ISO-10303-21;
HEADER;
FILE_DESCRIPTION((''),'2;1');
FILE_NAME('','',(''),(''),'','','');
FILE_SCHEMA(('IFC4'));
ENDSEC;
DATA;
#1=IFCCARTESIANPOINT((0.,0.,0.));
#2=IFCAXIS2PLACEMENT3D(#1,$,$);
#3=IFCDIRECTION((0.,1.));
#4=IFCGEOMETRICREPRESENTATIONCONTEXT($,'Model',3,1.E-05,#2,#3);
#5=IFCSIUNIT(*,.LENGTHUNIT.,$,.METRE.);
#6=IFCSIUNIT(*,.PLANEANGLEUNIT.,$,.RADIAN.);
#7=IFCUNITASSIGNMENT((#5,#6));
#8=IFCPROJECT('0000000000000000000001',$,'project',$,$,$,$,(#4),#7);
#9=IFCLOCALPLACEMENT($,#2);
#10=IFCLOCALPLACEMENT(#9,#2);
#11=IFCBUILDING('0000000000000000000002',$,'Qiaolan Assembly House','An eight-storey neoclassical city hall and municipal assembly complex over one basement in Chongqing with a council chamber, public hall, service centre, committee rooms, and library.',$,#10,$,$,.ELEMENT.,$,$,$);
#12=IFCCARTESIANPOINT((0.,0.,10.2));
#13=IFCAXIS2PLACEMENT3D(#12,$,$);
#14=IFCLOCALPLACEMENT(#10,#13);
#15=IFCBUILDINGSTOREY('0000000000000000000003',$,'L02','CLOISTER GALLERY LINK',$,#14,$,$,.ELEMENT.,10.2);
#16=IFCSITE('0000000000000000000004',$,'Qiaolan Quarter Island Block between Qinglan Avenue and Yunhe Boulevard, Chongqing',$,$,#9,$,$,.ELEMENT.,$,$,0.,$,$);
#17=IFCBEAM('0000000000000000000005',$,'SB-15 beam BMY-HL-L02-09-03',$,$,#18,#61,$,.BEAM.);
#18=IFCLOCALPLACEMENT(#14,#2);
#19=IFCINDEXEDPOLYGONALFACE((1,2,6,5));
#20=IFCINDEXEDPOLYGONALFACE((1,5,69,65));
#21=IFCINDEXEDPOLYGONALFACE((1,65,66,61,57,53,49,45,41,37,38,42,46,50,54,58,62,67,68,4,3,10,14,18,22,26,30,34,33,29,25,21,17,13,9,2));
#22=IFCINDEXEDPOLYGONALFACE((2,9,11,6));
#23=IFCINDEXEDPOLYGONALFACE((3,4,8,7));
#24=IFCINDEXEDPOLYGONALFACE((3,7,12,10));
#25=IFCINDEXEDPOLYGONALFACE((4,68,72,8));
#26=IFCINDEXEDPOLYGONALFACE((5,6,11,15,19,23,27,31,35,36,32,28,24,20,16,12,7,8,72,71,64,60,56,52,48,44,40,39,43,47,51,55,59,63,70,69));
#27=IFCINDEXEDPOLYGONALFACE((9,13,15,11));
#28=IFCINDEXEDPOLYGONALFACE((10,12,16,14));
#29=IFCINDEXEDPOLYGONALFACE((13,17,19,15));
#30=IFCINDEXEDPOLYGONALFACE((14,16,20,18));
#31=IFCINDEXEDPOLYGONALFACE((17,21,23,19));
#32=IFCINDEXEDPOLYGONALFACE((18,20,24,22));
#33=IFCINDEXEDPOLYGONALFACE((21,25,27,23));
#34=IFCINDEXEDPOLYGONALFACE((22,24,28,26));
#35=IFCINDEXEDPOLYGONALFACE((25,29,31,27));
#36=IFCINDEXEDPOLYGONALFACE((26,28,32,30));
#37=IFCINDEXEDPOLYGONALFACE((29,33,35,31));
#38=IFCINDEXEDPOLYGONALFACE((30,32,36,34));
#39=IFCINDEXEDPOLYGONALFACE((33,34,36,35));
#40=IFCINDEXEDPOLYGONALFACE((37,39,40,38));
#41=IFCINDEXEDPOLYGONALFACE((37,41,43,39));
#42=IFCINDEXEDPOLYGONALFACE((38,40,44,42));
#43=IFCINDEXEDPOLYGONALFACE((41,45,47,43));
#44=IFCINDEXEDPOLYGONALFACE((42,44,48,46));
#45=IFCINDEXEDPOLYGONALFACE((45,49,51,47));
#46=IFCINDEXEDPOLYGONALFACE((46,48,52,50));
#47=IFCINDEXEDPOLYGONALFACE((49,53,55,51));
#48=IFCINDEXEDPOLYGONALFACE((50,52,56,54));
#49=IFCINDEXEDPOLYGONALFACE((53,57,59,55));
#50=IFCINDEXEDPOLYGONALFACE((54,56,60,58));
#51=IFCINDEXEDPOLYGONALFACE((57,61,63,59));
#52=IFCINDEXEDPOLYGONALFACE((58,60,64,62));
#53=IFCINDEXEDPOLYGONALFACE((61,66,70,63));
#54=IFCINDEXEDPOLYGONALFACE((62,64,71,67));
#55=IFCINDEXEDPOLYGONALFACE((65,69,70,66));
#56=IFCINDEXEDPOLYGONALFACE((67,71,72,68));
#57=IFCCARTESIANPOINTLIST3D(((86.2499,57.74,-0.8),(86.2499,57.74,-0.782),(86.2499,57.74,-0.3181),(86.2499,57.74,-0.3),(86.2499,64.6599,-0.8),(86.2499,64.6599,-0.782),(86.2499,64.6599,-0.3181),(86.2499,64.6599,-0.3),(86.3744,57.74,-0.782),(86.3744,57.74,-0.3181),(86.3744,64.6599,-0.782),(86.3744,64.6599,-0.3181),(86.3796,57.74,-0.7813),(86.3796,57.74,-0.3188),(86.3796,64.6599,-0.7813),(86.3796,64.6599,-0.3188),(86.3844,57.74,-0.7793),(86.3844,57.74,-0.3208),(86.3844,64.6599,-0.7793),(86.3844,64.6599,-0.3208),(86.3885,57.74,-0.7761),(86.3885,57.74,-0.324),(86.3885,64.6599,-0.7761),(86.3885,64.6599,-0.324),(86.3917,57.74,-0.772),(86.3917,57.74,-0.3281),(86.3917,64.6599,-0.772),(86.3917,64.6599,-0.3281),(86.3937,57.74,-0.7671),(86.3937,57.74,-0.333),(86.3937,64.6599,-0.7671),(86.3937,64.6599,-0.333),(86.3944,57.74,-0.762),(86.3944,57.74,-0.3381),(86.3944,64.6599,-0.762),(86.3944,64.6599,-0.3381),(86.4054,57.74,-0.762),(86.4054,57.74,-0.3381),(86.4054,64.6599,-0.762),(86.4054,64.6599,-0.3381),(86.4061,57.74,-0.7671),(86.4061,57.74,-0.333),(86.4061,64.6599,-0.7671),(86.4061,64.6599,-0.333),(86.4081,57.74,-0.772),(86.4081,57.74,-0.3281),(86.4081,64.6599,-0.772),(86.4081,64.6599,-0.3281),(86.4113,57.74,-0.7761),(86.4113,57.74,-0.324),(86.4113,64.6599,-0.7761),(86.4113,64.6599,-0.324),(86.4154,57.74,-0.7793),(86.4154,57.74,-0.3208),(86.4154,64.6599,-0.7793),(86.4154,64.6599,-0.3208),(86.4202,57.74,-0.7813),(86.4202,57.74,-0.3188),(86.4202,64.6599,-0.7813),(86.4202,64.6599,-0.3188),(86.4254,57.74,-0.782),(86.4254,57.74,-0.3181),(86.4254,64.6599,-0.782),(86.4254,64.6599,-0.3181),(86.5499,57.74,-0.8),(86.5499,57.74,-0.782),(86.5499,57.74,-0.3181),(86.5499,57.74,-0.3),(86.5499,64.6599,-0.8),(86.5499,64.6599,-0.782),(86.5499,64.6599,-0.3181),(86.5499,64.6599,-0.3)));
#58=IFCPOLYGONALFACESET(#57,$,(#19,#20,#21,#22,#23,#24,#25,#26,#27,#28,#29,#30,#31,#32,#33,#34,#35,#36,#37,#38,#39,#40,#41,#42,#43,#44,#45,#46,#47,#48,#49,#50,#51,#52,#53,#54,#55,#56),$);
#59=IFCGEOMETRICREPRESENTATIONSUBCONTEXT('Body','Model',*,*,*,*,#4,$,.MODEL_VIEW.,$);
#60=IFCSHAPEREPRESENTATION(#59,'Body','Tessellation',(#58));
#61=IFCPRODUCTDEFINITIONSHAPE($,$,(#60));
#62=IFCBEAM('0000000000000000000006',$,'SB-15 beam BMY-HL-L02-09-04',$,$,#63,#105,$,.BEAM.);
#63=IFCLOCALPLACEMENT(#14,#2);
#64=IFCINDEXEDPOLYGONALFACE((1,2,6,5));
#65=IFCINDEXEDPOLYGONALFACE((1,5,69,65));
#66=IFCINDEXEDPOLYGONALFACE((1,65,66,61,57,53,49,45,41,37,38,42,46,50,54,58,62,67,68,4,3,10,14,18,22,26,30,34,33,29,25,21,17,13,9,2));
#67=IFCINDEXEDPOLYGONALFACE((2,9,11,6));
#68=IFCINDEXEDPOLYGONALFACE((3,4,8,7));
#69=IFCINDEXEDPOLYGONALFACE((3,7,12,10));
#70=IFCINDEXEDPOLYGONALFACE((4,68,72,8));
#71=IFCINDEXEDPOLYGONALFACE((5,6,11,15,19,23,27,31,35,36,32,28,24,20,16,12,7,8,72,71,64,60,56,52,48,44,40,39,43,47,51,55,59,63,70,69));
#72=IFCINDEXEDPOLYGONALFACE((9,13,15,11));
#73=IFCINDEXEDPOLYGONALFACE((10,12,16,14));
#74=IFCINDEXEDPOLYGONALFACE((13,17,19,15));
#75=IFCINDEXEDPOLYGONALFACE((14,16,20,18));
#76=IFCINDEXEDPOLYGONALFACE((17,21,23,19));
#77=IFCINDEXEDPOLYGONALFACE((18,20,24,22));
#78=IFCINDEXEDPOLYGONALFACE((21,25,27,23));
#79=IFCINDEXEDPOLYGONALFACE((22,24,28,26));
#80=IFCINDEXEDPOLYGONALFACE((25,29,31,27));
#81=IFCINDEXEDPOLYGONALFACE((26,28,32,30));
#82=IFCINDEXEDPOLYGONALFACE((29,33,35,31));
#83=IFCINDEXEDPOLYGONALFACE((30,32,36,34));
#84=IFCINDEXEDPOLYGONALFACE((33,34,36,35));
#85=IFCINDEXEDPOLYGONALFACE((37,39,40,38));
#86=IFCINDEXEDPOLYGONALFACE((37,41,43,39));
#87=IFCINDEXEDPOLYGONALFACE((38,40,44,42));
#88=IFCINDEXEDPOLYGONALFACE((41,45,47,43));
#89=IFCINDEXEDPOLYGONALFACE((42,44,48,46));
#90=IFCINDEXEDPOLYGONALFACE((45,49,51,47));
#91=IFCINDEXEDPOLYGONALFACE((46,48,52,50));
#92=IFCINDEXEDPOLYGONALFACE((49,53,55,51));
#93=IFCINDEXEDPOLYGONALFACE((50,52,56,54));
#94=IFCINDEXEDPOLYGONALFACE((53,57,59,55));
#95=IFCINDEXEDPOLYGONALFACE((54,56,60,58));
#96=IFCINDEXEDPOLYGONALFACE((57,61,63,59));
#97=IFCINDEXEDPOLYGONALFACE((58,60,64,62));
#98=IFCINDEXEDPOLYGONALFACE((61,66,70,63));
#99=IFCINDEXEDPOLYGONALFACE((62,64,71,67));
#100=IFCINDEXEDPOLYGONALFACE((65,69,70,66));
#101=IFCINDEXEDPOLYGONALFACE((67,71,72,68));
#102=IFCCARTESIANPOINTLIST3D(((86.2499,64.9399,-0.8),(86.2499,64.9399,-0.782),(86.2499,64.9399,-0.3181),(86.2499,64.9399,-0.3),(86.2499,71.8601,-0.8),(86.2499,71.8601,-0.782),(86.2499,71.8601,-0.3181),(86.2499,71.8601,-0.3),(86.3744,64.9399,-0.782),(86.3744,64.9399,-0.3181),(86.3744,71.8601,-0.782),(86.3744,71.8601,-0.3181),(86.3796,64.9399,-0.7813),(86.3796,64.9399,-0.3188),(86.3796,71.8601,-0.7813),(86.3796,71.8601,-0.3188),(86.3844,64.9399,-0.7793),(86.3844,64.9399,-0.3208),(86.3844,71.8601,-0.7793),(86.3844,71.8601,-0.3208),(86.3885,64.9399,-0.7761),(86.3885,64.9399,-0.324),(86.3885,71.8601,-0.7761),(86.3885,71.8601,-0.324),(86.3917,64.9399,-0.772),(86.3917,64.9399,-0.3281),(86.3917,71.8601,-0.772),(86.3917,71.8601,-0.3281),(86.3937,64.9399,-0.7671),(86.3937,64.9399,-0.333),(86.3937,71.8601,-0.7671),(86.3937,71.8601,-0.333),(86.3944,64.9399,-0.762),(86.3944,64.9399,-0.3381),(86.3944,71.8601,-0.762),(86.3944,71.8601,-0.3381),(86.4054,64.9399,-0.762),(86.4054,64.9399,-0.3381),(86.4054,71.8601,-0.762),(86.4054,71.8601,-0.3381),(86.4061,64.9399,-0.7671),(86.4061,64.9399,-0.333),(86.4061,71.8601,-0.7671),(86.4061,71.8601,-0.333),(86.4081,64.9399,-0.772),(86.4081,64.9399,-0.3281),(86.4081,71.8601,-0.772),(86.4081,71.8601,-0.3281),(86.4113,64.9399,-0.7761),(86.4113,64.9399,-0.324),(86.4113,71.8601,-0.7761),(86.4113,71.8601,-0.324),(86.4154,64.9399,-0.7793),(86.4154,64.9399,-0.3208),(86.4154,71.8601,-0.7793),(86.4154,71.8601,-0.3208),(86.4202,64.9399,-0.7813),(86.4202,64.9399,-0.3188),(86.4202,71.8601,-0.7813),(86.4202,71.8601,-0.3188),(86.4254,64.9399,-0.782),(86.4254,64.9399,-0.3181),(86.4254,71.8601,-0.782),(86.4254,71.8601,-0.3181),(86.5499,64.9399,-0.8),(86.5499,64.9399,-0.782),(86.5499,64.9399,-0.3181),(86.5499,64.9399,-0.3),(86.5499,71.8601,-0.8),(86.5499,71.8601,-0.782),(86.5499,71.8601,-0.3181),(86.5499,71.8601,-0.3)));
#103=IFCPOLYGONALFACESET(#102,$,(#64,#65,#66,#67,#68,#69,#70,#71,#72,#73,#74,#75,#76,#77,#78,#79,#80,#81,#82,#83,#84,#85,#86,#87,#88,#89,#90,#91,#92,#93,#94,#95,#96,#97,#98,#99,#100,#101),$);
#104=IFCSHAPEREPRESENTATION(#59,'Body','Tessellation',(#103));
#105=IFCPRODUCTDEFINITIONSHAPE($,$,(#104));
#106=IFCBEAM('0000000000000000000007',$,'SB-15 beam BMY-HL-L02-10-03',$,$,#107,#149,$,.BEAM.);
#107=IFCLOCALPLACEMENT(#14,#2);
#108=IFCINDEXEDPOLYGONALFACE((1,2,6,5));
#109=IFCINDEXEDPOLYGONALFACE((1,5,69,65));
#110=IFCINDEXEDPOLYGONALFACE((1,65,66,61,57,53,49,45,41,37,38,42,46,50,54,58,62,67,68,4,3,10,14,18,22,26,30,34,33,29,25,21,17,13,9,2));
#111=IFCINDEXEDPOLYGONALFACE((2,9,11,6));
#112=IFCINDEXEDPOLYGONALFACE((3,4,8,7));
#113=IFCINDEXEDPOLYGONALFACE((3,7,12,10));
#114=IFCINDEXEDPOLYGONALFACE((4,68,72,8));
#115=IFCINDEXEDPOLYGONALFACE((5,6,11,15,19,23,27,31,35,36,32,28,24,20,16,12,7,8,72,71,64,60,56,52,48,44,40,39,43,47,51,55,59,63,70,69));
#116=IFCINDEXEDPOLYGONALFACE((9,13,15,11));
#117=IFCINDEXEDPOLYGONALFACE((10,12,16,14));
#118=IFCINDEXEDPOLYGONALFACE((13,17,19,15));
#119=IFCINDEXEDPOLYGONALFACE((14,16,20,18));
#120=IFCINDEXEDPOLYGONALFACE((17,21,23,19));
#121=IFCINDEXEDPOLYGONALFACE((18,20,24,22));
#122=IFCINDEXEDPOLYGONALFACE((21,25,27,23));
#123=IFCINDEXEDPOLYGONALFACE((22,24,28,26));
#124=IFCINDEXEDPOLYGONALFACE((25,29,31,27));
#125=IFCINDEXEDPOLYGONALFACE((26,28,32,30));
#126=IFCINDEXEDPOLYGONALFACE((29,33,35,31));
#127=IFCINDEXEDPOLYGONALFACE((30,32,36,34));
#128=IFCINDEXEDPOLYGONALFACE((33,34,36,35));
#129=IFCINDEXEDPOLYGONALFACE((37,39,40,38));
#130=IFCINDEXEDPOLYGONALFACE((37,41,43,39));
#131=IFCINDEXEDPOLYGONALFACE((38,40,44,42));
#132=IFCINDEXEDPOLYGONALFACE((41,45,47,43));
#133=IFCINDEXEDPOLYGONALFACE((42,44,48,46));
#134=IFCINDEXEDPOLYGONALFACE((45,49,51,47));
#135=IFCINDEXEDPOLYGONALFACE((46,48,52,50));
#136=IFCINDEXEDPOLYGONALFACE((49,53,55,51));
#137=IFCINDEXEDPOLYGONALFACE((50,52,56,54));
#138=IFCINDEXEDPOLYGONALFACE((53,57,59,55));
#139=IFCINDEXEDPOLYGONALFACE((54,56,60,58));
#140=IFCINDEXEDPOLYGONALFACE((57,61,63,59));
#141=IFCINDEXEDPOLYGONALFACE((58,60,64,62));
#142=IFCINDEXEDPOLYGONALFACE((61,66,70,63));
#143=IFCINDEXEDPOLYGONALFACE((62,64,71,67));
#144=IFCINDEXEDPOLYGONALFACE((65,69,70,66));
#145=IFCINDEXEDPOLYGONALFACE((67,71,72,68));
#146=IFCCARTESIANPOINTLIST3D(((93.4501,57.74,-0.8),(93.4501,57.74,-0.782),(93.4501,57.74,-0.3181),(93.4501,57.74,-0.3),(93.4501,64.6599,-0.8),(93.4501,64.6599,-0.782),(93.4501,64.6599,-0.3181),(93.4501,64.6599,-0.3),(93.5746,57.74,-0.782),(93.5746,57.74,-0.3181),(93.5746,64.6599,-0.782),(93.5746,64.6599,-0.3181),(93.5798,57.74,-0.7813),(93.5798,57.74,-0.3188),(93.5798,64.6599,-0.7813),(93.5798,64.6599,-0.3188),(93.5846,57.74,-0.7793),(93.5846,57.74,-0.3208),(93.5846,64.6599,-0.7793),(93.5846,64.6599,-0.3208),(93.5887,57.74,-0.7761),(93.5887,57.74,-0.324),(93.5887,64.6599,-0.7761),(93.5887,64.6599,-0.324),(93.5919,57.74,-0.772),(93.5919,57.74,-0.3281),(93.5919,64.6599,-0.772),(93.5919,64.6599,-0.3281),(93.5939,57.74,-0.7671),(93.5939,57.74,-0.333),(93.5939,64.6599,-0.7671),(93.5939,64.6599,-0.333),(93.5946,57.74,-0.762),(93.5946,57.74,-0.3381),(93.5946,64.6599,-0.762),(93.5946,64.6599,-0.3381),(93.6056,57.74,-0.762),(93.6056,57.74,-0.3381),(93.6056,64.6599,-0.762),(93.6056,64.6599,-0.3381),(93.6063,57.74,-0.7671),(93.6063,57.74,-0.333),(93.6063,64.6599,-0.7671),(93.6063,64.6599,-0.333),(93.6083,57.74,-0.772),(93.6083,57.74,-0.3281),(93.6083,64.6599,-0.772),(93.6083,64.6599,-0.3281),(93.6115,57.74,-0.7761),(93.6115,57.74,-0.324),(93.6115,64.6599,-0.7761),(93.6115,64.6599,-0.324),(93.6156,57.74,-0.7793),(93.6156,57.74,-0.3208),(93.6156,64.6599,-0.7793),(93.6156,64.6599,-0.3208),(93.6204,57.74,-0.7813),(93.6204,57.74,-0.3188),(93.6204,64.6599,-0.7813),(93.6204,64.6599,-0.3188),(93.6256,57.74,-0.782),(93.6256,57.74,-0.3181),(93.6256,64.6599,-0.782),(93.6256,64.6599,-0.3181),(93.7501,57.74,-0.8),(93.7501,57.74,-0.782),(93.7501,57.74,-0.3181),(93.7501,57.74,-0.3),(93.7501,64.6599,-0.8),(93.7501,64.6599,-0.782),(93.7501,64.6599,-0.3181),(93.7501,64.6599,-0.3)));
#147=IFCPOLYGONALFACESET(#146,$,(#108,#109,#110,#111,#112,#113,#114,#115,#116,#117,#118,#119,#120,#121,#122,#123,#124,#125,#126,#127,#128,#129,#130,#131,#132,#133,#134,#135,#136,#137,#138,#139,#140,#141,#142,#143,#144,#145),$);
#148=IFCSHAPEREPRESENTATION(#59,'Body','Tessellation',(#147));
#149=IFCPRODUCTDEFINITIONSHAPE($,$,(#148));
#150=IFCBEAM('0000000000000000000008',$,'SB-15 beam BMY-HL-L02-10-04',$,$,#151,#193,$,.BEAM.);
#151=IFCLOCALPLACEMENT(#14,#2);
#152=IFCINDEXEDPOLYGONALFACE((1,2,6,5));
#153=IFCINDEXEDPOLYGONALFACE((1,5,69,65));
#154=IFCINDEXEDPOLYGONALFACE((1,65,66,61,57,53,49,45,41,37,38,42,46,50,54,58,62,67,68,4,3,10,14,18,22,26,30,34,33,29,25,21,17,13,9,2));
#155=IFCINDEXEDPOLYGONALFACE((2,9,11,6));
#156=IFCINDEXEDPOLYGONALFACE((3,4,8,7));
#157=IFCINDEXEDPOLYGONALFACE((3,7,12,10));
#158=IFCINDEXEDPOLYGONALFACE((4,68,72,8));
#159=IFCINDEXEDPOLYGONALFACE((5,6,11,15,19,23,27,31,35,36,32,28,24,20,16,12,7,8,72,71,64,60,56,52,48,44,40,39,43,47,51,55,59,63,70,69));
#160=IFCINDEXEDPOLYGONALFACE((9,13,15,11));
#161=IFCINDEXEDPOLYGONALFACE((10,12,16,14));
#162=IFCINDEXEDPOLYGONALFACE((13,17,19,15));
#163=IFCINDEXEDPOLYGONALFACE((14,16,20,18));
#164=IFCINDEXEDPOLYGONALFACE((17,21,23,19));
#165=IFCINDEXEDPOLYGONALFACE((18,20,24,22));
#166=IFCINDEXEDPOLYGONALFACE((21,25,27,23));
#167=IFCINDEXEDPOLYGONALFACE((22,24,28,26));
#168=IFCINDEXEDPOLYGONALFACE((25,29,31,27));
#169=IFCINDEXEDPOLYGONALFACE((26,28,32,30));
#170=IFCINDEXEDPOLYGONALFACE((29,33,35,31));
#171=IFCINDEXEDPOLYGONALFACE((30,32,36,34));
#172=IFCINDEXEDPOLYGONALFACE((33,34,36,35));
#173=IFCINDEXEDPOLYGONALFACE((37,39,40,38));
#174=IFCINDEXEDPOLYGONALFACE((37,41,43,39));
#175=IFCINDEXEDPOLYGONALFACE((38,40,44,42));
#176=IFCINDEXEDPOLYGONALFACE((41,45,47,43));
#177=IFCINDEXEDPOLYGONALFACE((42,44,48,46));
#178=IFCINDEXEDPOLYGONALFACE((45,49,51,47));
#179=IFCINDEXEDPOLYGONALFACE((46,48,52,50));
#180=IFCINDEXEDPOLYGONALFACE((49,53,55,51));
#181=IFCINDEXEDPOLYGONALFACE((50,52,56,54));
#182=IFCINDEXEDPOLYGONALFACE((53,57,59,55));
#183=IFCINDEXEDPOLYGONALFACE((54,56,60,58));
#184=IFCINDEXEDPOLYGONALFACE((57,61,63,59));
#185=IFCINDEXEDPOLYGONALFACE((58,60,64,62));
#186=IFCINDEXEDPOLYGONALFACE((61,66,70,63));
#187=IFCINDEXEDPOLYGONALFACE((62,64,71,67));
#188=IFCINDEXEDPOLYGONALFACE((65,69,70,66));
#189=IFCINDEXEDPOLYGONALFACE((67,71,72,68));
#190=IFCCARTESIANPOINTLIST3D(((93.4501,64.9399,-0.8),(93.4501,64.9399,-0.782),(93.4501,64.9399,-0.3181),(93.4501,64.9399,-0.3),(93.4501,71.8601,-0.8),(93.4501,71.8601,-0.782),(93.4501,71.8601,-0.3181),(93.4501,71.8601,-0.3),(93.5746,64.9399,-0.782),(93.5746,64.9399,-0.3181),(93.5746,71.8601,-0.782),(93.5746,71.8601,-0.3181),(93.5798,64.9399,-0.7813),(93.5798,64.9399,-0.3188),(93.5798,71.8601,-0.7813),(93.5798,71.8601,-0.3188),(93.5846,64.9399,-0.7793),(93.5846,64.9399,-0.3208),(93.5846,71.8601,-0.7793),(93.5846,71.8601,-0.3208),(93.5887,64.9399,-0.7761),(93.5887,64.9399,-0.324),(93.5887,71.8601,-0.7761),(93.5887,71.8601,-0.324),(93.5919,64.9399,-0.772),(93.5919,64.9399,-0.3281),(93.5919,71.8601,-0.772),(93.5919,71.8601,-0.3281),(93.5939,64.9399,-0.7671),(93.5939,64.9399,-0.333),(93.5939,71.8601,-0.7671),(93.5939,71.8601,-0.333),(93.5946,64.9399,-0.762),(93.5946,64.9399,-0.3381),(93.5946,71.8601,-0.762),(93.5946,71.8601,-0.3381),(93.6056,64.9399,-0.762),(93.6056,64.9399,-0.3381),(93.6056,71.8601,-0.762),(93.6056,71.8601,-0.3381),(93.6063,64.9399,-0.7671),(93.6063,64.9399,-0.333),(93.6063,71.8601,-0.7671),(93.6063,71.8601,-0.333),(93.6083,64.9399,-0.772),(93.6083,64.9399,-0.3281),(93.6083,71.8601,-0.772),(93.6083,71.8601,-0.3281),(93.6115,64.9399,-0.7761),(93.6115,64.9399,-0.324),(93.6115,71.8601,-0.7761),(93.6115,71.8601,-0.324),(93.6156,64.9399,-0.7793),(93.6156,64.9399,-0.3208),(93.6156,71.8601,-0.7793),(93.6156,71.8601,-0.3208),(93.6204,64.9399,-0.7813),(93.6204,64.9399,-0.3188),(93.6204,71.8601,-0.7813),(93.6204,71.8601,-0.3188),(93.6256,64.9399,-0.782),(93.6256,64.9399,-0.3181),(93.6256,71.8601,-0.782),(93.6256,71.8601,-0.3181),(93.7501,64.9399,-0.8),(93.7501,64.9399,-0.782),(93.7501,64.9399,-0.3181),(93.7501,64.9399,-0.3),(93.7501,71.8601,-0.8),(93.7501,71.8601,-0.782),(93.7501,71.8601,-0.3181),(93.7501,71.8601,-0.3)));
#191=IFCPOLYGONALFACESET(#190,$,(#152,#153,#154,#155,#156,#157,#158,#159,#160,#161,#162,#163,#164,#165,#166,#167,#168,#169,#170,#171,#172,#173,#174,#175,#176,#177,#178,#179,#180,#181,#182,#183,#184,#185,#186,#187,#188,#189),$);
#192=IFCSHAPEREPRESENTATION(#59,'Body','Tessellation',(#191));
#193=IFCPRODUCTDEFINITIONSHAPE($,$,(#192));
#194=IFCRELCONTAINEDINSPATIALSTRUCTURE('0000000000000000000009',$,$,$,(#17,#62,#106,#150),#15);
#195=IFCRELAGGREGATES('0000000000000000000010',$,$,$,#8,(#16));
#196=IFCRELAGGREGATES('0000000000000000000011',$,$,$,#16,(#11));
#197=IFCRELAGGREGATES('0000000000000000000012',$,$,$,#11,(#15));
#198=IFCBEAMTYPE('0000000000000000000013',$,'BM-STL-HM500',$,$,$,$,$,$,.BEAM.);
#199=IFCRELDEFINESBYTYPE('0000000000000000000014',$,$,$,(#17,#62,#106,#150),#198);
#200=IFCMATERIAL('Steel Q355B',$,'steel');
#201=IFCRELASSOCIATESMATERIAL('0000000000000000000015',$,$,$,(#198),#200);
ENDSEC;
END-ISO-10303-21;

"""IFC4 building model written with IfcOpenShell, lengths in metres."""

from ifc_helpers import new_model, si_unit, direction, frame, origin, origin_2d, place, context, subcontext, project, spatial, i_section, extrude, material, material_profile, profile_set, type_object, element, save


model = new_model("IFC4")

# Units and contexts
model_context = context("Model", 3, precision=1e-05, world=origin(), true_north=direction((0.0, 1.0)))
body_context = subcontext(model_context, "Body", "Model", "MODEL_VIEW")
ifc_project = project(units=[si_unit("LENGTHUNIT", "METRE"), si_unit("PLANEANGLEUNIT", "RADIAN")], contexts=[model_context])

# Site, building, storey
site_placement = place(None, origin())
site = spatial("IfcSite", under=ifc_project, at=site_placement, Name="Qiaolan Quarter Island Block between Qinglan Avenue and Yunhe Boulevard, Chongqing", CompositionType="ELEMENT", RefElevation=0.0)
building_placement = place(site_placement, origin())
building = spatial("IfcBuilding", under=site, at=building_placement, Name="Qiaolan Assembly House", Description="An eight-storey neoclassical city hall and municipal assembly complex over one basement in Chongqing with a council chamber, public hall, service centre, committee rooms, and library.", CompositionType="ELEMENT")
storey_placement = place(building_placement, frame((0.0, 0.0, 10.2)))
storey = spatial("IfcBuildingStorey", under=building, at=storey_placement, Name="L02", Description="CLOISTER GALLERY LINK", CompositionType="ELEMENT", Elevation=10.2)

# Shared definitions
ifc_material_1 = material(Name="Steel Q355B", Category="steel")

# Beams
ifc_material_profile_1 = material_profile(ifc_material_1, i_section(OverallWidth=0.3, OverallDepth=0.5, WebThickness=0.011, FlangeThickness=0.0181, FilletRadius=0.02, at=origin_2d()), Name="HM 500x300x11x18")
ifc_profile_set_1 = profile_set([ifc_material_profile_1], Name="Steel Q355B")
beam_type_1 = type_object("IfcBeamType", Name="BM-STL-HM500", PredefinedType="BEAM", material=ifc_profile_set_1)
beam_1_placement = place(storey_placement, frame((86.3999, 57.74, -0.55), z_axis=(0.0, 1.0, 0.0), x_axis=(-1.0, 0.0, 0.0)))
element("IfcBeam", 1, at=beam_1_placement, inside=storey, type_object=beam_type_1, Name="SB-15 beam BMY-HL-L02-09-03", PredefinedType="BEAM", context=body_context, shape_type="SweptSolid", body=[
    extrude(i_section(OverallWidth=0.3, OverallDepth=0.5, WebThickness=0.011, FlangeThickness=0.0181, FilletRadius=0.02, at=origin_2d()), origin(), (0.0, 0.0, 1.0), 6.9199),
])
beam_2_placement = place(storey_placement, frame((86.3999, 64.9399, -0.55), z_axis=(0.0, 1.0, 0.0), x_axis=(-1.0, 0.0, 0.0)))
element("IfcBeam", 2, at=beam_2_placement, inside=storey, type_object=beam_type_1, Name="SB-15 beam BMY-HL-L02-09-04", PredefinedType="BEAM", context=body_context, shape_type="SweptSolid", body=[
    extrude(i_section(OverallWidth=0.3, OverallDepth=0.5, WebThickness=0.011, FlangeThickness=0.0181, FilletRadius=0.02, at=origin_2d()), origin(), (0.0, 0.0, 1.0), 6.9202),
])
beam_3_placement = place(storey_placement, frame((93.6001, 57.74, -0.55), z_axis=(0.0, 1.0, 0.0), x_axis=(-1.0, 0.0, 0.0)))
element("IfcBeam", 3, at=beam_3_placement, inside=storey, type_object=beam_type_1, Name="SB-15 beam BMY-HL-L02-10-03", PredefinedType="BEAM", context=body_context, shape_type="SweptSolid", body=[
    extrude(i_section(OverallWidth=0.3, OverallDepth=0.5, WebThickness=0.011, FlangeThickness=0.0181, FilletRadius=0.02, at=origin_2d()), origin(), (0.0, 0.0, 1.0), 6.9199),
])
beam_4_placement = place(storey_placement, frame((93.6001, 64.9399, -0.55), z_axis=(0.0, 1.0, 0.0), x_axis=(-1.0, 0.0, 0.0)))
element("IfcBeam", 4, at=beam_4_placement, inside=storey, type_object=beam_type_1, Name="SB-15 beam BMY-HL-L02-10-04", PredefinedType="BEAM", context=body_context, shape_type="SweptSolid", body=[
    extrude(i_section(OverallWidth=0.3, OverallDepth=0.5, WebThickness=0.011, FlangeThickness=0.0181, FilletRadius=0.02, at=origin_2d()), origin(), (0.0, 0.0, 1.0), 6.9202),
])

save(model, "model.ifc")
